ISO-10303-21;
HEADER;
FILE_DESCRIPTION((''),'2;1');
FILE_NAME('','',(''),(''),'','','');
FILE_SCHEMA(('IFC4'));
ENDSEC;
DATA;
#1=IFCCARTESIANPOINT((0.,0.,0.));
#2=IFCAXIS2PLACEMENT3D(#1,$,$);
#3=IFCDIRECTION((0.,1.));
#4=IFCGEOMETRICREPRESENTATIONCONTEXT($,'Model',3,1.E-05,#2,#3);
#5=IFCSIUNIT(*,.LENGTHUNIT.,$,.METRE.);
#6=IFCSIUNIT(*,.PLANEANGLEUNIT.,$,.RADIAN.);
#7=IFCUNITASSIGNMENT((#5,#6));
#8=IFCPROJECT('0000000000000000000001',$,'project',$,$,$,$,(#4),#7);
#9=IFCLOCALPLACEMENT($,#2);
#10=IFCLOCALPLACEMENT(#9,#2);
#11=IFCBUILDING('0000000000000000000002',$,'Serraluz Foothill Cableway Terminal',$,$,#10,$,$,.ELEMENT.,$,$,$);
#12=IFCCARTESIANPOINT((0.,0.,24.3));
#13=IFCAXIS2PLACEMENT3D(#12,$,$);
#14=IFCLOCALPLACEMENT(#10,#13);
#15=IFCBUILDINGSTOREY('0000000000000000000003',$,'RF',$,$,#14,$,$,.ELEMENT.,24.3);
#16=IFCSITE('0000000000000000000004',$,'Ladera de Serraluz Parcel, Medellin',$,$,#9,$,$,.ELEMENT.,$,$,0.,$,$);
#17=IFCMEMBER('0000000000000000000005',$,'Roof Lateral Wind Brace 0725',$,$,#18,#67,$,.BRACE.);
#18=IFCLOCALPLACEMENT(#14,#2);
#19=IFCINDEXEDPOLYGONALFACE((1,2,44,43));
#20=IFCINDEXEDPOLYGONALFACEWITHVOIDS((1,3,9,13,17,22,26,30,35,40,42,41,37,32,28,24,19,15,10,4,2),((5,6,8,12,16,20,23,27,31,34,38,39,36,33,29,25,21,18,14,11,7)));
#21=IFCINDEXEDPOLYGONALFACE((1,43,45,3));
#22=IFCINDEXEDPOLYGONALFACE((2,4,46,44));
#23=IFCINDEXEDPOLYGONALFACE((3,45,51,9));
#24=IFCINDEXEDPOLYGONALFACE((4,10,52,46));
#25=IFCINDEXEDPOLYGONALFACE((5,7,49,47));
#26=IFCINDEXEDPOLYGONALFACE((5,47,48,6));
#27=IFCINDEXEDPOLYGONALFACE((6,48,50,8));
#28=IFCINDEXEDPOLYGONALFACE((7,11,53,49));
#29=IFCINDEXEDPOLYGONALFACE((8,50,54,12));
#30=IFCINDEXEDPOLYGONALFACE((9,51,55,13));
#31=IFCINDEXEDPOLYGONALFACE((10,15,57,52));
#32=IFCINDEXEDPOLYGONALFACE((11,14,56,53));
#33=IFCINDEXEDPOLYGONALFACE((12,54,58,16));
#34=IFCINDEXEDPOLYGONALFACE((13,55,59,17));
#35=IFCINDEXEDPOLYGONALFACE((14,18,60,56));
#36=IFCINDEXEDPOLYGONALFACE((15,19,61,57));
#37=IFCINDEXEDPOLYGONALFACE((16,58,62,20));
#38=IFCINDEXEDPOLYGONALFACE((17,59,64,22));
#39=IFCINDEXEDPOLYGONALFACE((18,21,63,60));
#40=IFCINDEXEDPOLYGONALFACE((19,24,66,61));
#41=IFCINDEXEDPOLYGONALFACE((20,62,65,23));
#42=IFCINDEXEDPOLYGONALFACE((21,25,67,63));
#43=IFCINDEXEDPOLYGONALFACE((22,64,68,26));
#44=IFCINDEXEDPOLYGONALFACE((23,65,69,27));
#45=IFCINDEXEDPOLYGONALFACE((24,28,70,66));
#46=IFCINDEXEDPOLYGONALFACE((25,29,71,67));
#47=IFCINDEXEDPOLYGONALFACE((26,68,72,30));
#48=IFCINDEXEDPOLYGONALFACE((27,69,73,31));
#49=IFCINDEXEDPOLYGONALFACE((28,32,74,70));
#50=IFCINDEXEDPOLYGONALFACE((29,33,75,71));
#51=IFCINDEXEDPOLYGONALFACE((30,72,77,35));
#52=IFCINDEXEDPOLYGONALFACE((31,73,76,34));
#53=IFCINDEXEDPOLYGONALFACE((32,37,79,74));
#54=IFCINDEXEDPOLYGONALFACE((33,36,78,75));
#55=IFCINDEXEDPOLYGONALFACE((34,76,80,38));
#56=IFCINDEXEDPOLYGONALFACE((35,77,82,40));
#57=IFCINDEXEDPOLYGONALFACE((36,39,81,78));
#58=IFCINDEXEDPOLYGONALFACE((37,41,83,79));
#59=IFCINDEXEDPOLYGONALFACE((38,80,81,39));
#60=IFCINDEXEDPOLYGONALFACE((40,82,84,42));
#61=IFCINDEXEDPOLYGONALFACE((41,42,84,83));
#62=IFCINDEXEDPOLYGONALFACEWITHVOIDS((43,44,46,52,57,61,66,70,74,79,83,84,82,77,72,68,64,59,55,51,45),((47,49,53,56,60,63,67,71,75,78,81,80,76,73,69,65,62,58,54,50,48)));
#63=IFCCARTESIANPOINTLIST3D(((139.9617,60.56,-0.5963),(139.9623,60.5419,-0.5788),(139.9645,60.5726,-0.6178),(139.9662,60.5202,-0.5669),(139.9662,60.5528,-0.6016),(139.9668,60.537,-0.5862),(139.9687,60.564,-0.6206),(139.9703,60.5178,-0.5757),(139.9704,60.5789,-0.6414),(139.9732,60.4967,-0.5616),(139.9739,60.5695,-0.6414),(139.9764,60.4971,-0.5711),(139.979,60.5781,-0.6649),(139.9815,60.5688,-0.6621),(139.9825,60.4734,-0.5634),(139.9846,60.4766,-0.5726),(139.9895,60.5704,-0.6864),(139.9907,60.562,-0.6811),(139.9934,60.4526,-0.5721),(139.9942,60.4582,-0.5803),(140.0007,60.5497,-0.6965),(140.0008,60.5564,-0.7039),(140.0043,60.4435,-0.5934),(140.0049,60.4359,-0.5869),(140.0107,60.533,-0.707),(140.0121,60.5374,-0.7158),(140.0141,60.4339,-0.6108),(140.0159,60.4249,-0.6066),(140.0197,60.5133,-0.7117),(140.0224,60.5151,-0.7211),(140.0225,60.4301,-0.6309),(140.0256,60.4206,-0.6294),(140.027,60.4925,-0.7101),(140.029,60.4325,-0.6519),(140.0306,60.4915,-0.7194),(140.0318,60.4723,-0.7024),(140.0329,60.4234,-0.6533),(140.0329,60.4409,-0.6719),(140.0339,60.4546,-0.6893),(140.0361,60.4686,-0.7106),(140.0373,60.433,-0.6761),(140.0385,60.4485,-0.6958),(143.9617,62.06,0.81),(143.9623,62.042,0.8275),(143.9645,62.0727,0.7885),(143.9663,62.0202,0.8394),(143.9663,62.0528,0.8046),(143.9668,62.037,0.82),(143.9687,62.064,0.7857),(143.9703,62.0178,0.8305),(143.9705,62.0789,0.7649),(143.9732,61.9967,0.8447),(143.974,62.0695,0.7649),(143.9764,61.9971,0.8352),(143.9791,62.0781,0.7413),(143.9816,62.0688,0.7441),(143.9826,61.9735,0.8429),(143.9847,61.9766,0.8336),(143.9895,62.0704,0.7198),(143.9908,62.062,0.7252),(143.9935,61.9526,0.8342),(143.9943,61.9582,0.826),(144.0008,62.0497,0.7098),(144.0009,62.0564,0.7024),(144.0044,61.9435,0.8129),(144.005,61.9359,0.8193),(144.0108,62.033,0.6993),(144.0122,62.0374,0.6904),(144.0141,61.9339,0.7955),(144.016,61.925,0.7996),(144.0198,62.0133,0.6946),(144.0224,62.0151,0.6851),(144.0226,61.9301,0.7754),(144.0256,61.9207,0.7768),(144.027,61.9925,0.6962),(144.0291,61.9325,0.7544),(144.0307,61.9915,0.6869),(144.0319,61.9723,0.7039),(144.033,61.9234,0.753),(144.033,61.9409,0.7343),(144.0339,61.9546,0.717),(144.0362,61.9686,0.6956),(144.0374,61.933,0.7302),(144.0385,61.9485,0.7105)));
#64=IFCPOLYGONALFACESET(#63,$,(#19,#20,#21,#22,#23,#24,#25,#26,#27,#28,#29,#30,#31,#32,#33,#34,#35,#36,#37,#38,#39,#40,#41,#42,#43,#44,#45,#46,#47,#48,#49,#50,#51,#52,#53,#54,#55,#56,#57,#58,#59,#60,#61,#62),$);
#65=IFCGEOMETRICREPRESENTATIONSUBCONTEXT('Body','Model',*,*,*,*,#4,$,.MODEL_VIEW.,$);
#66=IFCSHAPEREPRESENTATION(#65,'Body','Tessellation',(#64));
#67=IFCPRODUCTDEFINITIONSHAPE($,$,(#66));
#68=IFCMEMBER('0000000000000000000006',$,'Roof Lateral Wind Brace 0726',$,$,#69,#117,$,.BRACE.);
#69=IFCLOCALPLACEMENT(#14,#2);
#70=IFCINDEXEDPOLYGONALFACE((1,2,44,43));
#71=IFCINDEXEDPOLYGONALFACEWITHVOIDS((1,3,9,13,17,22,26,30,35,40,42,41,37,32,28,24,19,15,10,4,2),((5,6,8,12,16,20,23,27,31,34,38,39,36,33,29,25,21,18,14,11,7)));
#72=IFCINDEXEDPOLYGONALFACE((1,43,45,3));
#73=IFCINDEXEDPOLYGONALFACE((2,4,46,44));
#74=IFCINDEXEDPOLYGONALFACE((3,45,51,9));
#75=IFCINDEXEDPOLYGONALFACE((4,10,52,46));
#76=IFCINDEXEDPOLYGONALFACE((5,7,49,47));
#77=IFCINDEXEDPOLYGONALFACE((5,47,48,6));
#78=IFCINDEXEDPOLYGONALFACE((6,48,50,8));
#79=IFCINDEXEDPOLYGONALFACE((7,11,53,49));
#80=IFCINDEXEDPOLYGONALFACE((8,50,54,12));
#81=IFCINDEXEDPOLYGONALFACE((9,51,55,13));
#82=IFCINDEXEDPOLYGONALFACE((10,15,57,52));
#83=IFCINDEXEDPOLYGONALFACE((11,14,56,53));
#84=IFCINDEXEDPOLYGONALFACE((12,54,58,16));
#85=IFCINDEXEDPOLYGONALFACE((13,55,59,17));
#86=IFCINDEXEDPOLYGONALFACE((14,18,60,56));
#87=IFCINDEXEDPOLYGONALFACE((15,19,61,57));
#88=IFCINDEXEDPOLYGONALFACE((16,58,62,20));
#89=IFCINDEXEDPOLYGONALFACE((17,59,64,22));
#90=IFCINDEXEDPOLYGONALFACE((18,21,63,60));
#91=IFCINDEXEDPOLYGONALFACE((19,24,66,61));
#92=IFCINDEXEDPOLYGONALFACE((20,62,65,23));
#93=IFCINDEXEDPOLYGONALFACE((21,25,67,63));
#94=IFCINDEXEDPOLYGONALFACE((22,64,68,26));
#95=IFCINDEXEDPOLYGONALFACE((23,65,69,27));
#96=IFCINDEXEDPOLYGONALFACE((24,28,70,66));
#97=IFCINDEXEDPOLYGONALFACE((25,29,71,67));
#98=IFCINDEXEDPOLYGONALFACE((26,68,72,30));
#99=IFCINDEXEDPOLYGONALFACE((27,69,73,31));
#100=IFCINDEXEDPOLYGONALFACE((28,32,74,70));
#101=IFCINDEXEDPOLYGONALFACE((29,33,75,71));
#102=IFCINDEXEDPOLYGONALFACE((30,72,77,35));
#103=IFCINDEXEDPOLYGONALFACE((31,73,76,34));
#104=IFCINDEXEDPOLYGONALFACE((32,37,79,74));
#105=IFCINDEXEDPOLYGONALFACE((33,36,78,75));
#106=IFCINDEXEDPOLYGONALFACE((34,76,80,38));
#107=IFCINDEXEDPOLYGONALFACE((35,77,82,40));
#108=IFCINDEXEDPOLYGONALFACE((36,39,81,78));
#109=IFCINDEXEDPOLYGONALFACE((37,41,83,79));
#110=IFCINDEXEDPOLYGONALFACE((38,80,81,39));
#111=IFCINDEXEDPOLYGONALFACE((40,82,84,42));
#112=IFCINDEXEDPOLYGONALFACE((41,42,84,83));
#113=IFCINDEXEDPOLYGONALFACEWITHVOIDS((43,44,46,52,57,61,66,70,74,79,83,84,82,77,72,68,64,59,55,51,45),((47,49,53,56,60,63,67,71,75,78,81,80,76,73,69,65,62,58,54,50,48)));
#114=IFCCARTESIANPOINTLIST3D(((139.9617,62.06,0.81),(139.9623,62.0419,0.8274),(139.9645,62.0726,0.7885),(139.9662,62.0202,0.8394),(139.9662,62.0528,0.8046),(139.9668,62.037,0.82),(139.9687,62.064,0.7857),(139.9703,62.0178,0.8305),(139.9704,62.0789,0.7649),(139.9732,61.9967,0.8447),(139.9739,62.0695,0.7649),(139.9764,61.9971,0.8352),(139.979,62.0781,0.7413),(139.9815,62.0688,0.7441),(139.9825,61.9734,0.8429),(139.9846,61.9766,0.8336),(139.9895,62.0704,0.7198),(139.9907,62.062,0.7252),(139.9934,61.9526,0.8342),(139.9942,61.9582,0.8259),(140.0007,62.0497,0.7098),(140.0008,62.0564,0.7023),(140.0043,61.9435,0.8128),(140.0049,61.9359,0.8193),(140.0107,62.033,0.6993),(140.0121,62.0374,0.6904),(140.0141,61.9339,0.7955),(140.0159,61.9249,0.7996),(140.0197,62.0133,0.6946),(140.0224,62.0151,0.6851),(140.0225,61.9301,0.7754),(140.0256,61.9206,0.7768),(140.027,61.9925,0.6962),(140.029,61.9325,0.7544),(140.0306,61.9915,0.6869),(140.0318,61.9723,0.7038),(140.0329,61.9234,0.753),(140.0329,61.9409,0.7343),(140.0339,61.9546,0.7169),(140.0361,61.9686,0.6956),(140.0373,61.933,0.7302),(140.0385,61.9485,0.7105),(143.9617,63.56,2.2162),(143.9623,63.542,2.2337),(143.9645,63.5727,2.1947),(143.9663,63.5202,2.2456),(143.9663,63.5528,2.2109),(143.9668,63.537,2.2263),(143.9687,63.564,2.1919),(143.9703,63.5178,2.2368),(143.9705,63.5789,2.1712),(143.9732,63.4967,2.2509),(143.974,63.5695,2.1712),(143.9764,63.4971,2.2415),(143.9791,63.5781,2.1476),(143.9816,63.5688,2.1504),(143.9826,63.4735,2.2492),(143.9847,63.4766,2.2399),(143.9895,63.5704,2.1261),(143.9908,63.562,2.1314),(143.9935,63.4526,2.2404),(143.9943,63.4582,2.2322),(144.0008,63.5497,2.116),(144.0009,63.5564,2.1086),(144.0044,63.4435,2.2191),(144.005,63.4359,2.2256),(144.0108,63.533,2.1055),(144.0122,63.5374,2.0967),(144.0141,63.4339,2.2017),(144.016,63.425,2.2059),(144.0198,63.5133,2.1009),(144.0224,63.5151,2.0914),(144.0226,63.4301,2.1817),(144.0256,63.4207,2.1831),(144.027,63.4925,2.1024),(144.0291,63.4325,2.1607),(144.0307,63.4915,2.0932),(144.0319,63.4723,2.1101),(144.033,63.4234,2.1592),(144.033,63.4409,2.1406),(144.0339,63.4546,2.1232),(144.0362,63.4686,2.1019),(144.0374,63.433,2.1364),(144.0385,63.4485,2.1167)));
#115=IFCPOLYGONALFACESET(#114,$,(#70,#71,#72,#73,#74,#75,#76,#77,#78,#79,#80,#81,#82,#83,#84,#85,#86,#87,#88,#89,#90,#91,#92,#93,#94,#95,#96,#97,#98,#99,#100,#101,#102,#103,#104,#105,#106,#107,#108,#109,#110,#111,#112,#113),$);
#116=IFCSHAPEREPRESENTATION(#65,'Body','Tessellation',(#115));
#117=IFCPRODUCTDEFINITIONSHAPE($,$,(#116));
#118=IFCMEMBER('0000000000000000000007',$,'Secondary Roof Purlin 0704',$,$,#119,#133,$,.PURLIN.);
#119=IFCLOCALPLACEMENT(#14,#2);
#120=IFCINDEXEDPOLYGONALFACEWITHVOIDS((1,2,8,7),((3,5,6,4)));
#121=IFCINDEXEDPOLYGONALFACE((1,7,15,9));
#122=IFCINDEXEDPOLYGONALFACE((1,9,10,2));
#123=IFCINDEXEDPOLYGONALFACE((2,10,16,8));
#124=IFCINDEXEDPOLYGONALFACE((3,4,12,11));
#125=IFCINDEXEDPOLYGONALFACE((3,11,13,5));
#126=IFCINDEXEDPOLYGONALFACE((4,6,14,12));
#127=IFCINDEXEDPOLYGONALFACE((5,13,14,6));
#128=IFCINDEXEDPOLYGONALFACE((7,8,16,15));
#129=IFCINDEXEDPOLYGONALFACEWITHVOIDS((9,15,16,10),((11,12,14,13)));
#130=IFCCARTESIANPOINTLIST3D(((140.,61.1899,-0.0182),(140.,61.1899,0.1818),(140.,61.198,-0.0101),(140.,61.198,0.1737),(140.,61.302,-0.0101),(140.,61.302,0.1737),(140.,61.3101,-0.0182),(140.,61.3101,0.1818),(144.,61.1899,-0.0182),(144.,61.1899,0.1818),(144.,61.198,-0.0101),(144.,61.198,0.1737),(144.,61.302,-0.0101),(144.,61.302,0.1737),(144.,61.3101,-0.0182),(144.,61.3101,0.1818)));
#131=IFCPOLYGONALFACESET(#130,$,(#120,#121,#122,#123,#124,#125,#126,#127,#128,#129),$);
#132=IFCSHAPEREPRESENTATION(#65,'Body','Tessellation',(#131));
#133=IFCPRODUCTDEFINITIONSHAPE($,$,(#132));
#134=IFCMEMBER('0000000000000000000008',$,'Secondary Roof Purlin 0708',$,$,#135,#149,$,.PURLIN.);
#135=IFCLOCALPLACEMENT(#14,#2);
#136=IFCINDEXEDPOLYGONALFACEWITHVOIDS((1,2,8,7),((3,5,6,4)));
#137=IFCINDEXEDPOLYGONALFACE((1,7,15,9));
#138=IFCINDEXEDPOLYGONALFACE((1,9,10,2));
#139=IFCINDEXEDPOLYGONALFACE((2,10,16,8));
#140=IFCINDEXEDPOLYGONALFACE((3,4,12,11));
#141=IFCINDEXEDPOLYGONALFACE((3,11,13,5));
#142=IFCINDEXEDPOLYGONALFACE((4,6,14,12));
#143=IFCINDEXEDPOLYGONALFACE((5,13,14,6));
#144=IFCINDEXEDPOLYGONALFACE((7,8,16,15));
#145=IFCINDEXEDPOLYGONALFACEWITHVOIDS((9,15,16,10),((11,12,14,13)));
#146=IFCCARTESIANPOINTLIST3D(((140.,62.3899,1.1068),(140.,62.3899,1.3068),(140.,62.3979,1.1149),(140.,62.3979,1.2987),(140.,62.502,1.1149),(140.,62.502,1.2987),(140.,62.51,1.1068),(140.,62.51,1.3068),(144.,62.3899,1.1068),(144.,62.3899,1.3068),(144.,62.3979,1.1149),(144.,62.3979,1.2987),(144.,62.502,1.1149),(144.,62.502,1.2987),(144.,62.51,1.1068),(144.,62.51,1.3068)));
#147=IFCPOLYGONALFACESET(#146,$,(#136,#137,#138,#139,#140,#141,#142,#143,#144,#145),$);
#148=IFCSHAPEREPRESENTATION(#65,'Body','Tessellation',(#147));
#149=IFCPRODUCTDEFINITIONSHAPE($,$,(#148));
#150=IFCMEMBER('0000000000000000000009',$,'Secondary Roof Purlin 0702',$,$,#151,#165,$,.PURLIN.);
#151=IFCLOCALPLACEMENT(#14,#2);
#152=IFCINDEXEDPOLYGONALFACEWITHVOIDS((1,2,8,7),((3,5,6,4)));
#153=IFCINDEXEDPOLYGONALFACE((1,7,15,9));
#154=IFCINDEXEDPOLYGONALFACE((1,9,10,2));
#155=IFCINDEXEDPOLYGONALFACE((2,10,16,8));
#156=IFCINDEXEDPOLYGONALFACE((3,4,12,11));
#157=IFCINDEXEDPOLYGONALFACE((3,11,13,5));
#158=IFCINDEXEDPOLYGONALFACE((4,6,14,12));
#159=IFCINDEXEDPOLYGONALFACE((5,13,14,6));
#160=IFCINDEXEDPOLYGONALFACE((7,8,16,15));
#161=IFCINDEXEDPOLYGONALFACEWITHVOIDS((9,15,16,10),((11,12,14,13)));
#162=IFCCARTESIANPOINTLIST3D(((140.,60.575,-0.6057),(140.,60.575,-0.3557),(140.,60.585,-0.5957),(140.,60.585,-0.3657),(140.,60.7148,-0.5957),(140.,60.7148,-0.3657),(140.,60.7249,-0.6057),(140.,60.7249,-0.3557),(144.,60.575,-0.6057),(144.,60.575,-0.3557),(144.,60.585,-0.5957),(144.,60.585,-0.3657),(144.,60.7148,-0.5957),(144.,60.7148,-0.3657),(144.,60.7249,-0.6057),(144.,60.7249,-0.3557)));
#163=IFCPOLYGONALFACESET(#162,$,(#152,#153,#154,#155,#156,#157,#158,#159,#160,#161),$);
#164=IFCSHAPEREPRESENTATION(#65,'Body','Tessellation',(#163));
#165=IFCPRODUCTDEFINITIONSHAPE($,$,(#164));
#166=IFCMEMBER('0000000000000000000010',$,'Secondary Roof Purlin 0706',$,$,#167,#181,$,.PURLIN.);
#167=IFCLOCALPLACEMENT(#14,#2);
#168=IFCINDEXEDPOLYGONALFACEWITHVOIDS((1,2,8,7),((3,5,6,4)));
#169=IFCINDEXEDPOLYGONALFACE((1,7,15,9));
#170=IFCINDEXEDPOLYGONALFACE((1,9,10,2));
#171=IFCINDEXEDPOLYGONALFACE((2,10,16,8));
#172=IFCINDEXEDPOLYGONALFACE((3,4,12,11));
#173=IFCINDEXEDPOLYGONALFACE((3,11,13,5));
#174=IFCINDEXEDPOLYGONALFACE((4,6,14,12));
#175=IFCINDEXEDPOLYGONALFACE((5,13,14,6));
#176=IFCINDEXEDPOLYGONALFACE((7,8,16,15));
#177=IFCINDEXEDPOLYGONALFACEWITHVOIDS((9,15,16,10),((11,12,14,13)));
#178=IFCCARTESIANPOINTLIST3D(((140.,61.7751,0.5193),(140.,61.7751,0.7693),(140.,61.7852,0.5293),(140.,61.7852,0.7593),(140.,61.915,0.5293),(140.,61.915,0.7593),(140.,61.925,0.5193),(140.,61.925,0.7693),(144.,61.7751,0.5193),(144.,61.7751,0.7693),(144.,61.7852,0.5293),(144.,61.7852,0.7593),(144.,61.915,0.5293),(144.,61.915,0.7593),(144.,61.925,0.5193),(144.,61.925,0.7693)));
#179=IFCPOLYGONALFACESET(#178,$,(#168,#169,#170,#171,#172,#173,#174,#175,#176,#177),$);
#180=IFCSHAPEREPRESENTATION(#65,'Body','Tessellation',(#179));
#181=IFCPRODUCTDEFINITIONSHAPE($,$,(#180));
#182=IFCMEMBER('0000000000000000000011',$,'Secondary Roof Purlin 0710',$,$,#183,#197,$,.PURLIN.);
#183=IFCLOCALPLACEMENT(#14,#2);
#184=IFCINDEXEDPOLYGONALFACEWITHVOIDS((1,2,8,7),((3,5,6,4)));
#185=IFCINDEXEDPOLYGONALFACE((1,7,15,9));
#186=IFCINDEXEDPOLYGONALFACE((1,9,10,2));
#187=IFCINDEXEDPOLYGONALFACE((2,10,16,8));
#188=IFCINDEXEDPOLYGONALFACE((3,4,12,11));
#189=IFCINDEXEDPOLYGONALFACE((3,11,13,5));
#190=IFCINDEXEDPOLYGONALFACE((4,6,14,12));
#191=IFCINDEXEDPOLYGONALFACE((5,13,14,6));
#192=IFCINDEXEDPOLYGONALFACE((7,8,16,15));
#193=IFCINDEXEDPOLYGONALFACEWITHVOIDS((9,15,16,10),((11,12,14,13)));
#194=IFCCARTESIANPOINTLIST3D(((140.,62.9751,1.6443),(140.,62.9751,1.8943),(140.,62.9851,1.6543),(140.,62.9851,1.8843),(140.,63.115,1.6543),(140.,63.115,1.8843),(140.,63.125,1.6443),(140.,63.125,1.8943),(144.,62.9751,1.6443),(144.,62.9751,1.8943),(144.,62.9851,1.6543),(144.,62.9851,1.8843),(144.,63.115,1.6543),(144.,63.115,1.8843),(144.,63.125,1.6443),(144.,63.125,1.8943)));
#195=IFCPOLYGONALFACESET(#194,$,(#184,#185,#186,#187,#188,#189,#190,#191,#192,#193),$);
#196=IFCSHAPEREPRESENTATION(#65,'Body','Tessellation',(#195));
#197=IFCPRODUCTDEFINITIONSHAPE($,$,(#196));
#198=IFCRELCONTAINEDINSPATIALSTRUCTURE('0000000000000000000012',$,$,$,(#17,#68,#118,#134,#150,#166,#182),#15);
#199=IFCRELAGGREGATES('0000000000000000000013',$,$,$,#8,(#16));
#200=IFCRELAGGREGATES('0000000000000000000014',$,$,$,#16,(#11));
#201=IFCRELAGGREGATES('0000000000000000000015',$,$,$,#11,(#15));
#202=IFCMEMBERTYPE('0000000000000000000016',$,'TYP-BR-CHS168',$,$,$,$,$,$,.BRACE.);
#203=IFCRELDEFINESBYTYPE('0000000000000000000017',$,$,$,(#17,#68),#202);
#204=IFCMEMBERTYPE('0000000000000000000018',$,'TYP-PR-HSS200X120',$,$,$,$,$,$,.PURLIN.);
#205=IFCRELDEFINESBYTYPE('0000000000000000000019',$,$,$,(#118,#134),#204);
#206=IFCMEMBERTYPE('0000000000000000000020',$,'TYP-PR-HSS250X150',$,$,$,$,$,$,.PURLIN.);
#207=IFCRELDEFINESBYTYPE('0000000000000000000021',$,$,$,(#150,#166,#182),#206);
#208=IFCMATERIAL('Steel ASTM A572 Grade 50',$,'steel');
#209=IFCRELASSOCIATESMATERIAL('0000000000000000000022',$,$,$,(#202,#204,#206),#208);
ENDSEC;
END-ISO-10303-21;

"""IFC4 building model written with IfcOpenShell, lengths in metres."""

from ifc_helpers import new_model, si_unit, direction, frame, origin, origin_2d, place, context, subcontext, project, spatial, hollow_rectangle, hollow_circle, extrude, material, material_profile, profile_set, type_object, element, save


model = new_model("IFC4")

# Units and contexts
model_context = context("Model", 3, precision=1e-05, world=origin(), true_north=direction((0.0, 1.0)))
body_context = subcontext(model_context, "Body", "Model", "MODEL_VIEW")
ifc_project = project(units=[si_unit("LENGTHUNIT", "METRE"), si_unit("PLANEANGLEUNIT", "RADIAN")], contexts=[model_context])

# Site, building, storey
site_placement = place(None, origin())
site = spatial("IfcSite", under=ifc_project, at=site_placement, Name="Ladera de Serraluz Parcel, Medellin", CompositionType="ELEMENT", RefElevation=0.0)
building_placement = place(site_placement, origin())
building = spatial("IfcBuilding", under=site, at=building_placement, Name="Serraluz Foothill Cableway Terminal", CompositionType="ELEMENT")
storey_placement = place(building_placement, frame((0.0, 0.0, 24.3)))
storey = spatial("IfcBuildingStorey", under=building, at=storey_placement, Name="RF", CompositionType="ELEMENT", Elevation=24.3)

# Members
ifc_material_1 = material(Name="Steel ASTM A572 Grade 50", Category="steel")
ifc_material_profile_1 = material_profile(ifc_material_1, hollow_circle(Radius=0.0842, WallThickness=0.01, at=origin_2d()), Name="CHS168X10")
ifc_profile_set_1 = profile_set([ifc_material_profile_1], Name="Steel ASTM A572 Grade 50")
member_type_1 = type_object("IfcMemberType", Name="TYP-BR-CHS168", PredefinedType="BRACE", material=ifc_profile_set_1)
for number, where, z_axis, x_axis, name in (
    (1, (140.0, 60.5, -0.6414), (0.889382, 0.333518, 0.312673), (-0.351123, 0.936329, 0.0), "Roof Lateral Wind Brace 0725"),
    (2, (140.0, 62.0, 0.7649), (0.889382, 0.333518, 0.312673), (-0.351123, 0.936329, 0.0), "Roof Lateral Wind Brace 0726"),
):
    element("IfcMember", number, at=place(storey_placement, frame(where, z_axis=z_axis, x_axis=x_axis)), inside=storey, type_object=member_type_1, Name=name, PredefinedType="BRACE", context=body_context, shape_type="SweptSolid", body=[
        extrude(hollow_circle(Radius=0.0842, WallThickness=0.01, at=origin_2d()), origin(), (0.0, 0.0, 1.0), 4.4976),
    ])
ifc_material_profile_2 = material_profile(ifc_material_1, hollow_rectangle(XDim=0.1201, YDim=0.2, WallThickness=0.0081, at=origin_2d()), Name="HSS200X120X8")
ifc_profile_set_2 = profile_set([ifc_material_profile_2], Name="Steel ASTM A572 Grade 50")
member_type_2 = type_object("IfcMemberType", Name="TYP-PR-HSS200X120", PredefinedType="PURLIN", material=ifc_profile_set_2)
for number, where, z_axis, x_axis, name in (
    (3, (140.0, 61.25, 0.0818), (1.0, 0.0, 0.0), (0.0, 1.0, 0.0), "Secondary Roof Purlin 0704"),
    (4, (140.0, 62.45, 1.2068), (1.0, 0.0, 0.0), (0.0, 1.0, 0.0), "Secondary Roof Purlin 0708"),
):
    element("IfcMember", number, at=place(storey_placement, frame(where, z_axis=z_axis, x_axis=x_axis)), inside=storey, type_object=member_type_2, Name=name, PredefinedType="PURLIN", context=body_context, shape_type="SweptSolid", body=[
        extrude(hollow_rectangle(XDim=0.1201, YDim=0.2, WallThickness=0.0081, at=origin_2d()), origin(), (0.0, 0.0, 1.0), 4.0),
    ])
ifc_material_profile_3 = material_profile(ifc_material_1, hollow_rectangle(XDim=0.1499, YDim=0.25, WallThickness=0.01, at=origin_2d()), Name="HSS250X150X10")
ifc_profile_set_3 = profile_set([ifc_material_profile_3], Name="Steel ASTM A572 Grade 50")
member_type_3 = type_object("IfcMemberType", Name="TYP-PR-HSS250X150", PredefinedType="PURLIN", material=ifc_profile_set_3)
for number, where, z_axis, x_axis, name in (
    (5, (140.0, 60.6499, -0.4807), (1.0, 0.0, 0.0), (0.0, 1.0, 0.0), "Secondary Roof Purlin 0702"),
    (6, (140.0, 61.8501, 0.6443), (1.0, 0.0, 0.0), (0.0, 1.0, 0.0), "Secondary Roof Purlin 0706"),
    (7, (140.0, 63.05, 1.7693), (1.0, 0.0, 0.0), (0.0, 1.0, 0.0), "Secondary Roof Purlin 0710"),
):
    element("IfcMember", number, at=place(storey_placement, frame(where, z_axis=z_axis, x_axis=x_axis)), inside=storey, type_object=member_type_3, Name=name, PredefinedType="PURLIN", context=body_context, shape_type="SweptSolid", body=[
        extrude(hollow_rectangle(XDim=0.1499, YDim=0.25, WallThickness=0.01, at=origin_2d()), origin(), (0.0, 0.0, 1.0), 4.0),
    ])

save(model, "model.ifc")
